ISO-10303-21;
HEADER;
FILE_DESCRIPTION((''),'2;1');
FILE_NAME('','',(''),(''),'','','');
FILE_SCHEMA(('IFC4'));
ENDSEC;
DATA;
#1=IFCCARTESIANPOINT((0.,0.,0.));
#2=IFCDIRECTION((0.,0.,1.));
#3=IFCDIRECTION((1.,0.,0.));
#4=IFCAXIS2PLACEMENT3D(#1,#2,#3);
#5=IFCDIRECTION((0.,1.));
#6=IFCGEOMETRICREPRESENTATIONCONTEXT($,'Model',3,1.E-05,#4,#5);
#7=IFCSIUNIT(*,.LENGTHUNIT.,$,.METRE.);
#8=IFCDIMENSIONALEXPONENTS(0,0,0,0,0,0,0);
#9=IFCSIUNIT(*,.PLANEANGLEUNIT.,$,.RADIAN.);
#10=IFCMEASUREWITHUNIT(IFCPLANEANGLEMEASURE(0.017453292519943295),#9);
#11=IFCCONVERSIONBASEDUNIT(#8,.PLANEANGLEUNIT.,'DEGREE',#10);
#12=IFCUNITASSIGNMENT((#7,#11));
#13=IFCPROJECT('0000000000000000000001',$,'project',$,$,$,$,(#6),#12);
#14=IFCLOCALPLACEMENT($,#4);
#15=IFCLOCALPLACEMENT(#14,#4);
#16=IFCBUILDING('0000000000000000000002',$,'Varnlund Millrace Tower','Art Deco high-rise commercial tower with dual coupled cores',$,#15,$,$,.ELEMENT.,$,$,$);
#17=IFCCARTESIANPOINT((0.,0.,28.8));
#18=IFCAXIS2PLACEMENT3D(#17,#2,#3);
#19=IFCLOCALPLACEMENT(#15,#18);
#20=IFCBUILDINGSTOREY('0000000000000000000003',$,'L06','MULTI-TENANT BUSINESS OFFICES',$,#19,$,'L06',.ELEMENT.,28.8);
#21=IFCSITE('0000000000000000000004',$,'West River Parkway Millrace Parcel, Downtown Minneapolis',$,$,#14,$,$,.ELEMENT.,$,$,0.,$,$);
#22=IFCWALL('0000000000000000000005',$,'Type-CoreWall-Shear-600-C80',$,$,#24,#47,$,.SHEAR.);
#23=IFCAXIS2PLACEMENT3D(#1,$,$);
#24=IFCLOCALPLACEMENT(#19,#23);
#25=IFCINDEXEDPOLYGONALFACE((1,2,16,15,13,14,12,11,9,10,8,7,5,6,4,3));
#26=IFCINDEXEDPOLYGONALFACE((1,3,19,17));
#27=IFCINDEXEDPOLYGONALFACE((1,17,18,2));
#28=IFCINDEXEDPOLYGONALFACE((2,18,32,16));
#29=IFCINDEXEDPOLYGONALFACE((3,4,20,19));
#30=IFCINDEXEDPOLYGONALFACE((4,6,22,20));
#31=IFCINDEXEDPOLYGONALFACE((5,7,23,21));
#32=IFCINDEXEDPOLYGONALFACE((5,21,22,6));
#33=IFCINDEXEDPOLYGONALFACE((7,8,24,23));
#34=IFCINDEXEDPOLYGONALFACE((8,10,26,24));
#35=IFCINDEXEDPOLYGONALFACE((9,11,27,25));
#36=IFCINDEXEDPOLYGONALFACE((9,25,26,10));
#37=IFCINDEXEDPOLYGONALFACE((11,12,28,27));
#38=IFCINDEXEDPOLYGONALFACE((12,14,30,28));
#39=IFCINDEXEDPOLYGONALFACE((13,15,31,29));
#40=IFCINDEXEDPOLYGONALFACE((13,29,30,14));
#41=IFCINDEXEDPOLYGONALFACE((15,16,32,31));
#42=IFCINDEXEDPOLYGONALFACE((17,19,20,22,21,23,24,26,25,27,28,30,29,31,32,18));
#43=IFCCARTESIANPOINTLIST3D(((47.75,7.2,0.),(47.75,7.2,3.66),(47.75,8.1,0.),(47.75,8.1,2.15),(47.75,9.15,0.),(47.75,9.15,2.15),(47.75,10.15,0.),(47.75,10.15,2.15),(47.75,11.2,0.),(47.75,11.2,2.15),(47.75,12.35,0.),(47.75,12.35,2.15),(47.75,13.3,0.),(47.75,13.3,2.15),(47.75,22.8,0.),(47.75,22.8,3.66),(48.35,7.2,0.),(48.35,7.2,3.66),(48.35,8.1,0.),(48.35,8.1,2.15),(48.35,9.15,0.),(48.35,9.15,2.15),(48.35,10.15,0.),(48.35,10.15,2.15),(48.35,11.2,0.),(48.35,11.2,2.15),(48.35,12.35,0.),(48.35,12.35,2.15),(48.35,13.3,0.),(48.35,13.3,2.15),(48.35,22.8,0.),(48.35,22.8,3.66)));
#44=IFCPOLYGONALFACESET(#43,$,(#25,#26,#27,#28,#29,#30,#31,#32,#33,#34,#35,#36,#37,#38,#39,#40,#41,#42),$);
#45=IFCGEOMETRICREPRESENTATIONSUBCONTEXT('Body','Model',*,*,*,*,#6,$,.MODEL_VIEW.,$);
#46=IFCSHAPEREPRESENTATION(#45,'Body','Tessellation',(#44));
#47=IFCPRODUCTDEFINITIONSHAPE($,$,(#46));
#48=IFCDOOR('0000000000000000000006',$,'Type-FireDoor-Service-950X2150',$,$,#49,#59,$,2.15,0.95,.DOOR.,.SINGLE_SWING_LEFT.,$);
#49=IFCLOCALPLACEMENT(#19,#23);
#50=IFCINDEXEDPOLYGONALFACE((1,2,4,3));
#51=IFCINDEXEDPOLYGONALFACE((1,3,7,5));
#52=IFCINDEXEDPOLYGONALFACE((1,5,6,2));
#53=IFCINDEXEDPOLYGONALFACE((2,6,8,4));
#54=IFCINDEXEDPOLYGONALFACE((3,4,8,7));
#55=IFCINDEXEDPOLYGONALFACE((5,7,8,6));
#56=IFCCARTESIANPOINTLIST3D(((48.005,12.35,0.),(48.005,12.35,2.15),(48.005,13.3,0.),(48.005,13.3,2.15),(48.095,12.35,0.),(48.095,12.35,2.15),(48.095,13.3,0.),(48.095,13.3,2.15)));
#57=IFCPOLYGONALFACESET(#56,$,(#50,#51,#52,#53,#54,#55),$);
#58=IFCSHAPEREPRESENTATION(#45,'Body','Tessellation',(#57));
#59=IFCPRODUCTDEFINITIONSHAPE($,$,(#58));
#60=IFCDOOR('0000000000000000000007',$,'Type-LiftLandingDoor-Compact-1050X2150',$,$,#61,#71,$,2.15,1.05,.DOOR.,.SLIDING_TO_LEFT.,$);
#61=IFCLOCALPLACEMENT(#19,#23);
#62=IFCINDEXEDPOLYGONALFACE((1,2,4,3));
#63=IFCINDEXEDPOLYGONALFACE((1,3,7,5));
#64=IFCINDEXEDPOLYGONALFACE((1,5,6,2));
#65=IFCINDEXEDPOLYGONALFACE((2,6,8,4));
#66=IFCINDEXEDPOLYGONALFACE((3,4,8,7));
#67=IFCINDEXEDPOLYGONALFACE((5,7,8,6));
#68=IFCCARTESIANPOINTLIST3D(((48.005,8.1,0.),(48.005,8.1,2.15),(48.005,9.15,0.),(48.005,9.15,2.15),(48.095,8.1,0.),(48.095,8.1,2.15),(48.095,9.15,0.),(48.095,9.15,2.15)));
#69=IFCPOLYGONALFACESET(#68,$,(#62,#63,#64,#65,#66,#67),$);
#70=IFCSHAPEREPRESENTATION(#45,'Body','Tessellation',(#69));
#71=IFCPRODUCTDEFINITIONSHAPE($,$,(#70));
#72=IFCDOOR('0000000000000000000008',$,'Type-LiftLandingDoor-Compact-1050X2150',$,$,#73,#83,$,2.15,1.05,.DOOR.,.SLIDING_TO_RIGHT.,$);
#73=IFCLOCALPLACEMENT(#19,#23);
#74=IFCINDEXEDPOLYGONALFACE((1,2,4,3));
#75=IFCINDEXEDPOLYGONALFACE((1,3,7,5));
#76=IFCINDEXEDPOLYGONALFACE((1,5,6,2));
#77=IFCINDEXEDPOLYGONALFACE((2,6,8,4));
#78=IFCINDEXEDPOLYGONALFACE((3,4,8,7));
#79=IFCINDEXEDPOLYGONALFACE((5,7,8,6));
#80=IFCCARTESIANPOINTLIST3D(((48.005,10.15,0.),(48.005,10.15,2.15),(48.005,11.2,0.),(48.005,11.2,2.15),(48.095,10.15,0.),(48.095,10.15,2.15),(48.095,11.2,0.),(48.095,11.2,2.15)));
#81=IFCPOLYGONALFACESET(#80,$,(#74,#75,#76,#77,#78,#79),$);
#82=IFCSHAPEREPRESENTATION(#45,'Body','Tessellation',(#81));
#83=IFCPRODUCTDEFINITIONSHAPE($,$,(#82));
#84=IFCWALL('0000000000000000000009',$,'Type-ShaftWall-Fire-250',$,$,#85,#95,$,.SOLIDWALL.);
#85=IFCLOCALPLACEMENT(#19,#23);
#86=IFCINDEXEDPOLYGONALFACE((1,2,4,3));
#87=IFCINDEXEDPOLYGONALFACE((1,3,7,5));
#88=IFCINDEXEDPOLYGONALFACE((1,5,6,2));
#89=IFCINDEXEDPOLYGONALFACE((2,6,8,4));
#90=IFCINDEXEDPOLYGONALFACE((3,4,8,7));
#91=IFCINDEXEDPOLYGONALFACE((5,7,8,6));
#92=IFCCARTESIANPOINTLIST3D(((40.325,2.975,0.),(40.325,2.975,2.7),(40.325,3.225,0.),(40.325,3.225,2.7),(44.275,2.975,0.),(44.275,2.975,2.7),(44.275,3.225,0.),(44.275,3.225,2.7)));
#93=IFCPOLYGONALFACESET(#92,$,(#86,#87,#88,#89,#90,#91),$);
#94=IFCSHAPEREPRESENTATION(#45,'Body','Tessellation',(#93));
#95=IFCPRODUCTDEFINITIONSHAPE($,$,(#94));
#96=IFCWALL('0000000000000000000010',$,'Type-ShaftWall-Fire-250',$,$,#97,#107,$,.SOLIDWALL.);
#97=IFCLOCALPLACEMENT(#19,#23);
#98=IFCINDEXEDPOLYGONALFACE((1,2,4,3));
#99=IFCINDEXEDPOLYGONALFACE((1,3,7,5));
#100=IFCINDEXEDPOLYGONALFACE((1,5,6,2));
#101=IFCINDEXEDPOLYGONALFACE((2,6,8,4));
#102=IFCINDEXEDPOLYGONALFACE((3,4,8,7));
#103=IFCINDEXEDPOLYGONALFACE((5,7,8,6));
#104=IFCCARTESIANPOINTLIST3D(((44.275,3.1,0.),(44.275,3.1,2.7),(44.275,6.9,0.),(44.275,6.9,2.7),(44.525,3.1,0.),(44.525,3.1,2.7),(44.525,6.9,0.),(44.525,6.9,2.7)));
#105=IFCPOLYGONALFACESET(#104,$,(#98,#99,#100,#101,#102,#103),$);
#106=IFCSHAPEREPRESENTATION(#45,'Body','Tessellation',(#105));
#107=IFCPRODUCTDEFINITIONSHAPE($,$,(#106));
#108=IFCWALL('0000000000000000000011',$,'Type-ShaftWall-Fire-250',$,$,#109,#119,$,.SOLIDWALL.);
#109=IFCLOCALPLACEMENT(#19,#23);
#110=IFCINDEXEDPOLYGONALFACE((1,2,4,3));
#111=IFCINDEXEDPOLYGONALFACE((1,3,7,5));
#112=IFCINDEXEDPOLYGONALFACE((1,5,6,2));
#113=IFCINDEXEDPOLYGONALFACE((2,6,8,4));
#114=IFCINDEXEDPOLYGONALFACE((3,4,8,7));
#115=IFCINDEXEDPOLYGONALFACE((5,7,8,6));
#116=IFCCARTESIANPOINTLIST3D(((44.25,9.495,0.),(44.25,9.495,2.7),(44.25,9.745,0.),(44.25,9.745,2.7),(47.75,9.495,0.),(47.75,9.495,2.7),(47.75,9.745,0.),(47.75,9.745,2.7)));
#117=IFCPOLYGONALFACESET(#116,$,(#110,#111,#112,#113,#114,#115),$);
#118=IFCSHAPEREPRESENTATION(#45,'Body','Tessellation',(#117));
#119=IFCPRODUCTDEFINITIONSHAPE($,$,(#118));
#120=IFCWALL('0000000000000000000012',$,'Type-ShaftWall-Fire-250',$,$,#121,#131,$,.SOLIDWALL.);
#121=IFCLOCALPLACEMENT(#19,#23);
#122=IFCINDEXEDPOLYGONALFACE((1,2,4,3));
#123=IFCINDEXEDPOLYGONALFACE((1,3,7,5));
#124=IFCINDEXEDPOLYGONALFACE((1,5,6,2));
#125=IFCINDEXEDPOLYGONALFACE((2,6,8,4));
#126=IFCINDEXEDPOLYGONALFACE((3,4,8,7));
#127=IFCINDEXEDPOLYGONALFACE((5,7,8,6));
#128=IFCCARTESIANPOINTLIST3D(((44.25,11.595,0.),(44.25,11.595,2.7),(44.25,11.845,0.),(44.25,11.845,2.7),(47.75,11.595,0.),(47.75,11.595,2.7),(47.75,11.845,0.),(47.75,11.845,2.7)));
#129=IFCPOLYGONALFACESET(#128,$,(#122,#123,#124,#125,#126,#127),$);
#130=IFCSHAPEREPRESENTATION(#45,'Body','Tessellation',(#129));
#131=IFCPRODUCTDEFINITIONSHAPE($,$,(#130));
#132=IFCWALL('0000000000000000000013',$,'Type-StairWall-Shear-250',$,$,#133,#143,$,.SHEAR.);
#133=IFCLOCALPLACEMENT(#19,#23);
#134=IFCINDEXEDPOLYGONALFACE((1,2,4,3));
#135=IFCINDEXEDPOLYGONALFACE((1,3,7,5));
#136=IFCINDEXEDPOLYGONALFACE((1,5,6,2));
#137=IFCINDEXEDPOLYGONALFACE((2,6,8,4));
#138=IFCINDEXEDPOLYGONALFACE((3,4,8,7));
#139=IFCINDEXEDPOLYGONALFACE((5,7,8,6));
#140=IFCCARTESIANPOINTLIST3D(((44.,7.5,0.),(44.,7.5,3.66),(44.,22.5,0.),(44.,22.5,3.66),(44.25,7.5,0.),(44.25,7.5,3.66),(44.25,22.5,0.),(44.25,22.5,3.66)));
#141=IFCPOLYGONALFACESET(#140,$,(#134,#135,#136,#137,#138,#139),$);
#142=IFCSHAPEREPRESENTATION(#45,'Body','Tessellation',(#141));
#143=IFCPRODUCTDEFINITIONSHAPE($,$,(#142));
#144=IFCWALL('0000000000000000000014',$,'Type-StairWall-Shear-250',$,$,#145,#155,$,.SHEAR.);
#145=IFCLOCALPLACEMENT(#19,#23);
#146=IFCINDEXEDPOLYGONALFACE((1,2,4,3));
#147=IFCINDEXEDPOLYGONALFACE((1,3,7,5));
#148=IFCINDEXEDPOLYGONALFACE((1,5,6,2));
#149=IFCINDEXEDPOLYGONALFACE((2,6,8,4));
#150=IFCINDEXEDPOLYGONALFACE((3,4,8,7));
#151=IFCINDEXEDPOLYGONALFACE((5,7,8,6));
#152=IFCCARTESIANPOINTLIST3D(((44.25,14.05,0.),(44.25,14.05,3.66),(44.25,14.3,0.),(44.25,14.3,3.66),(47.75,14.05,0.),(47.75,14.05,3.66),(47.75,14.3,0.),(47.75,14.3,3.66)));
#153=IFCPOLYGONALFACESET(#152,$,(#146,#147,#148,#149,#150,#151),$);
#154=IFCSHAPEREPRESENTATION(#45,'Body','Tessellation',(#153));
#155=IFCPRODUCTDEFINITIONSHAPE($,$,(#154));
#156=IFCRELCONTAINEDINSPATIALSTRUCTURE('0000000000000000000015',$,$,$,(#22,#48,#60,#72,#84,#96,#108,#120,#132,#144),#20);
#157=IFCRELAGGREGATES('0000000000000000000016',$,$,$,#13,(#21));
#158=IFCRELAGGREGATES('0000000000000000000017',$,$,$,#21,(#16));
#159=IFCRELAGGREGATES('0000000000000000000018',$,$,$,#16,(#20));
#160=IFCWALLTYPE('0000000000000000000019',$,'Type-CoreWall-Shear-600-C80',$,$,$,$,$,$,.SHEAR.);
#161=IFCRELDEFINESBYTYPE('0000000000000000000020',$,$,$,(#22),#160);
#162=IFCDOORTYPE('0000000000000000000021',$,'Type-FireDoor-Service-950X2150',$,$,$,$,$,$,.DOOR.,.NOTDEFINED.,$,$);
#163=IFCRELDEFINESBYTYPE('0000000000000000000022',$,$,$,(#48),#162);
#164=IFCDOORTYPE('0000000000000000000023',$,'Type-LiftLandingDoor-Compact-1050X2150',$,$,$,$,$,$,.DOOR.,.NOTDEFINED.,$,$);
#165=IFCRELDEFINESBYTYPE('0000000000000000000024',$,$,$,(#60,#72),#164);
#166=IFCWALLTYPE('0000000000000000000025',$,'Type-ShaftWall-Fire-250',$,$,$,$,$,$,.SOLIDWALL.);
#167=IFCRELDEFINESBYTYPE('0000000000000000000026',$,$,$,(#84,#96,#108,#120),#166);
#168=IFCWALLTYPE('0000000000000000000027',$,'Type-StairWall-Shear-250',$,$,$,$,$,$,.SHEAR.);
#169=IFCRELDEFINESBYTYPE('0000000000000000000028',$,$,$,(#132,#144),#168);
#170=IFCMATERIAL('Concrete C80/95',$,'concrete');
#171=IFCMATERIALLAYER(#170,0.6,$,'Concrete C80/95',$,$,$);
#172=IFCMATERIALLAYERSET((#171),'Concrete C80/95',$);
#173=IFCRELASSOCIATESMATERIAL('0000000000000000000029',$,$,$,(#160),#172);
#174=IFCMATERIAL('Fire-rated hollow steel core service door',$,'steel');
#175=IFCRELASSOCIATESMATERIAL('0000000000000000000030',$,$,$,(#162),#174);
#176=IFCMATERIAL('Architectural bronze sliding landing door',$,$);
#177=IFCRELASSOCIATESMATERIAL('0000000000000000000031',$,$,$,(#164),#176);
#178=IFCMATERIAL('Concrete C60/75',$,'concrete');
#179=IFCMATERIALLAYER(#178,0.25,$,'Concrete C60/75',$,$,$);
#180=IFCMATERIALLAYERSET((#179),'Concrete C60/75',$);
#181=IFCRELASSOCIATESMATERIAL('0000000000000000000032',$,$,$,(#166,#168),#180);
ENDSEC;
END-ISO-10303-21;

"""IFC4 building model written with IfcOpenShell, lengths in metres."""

from ifc_helpers import new_model, entity, si_unit, converted_unit, direction, frame, origin_with_axes, origin_2d_with_axis, place, context, subcontext, project, spatial, polyline, rectangle, outline, extrude, material, layer, layer_set, type_object, element, fill, save


model = new_model("IFC4")

# Units and contexts
model_context = context("Model", 3, precision=1e-05, world=origin_with_axes(), true_north=direction((0.0, 1.0)))
body_context = subcontext(model_context, "Body", "Model", "MODEL_VIEW")
ifc_project = project(units=[si_unit("LENGTHUNIT", "METRE"), converted_unit("PLANEANGLEUNIT", "DEGREE", entity("IfcPlaneAngleMeasure", 0.017453292519943295), si_unit("PLANEANGLEUNIT", "RADIAN"), dimensions=[0, 0, 0, 0, 0, 0, 0])], contexts=[model_context])

# Site, building, storey
site_placement = place(None, origin_with_axes())
site = spatial("IfcSite", under=ifc_project, at=site_placement, Name="West River Parkway Millrace Parcel, Downtown Minneapolis", CompositionType="ELEMENT", RefElevation=0.0)
building_placement = place(site_placement, origin_with_axes())
building = spatial("IfcBuilding", under=site, at=building_placement, Name="Varnlund Millrace Tower", Description="Art Deco high-rise commercial tower with dual coupled cores", CompositionType="ELEMENT")
storey_placement = place(building_placement, frame((0.0, 0.0, 28.8), z_axis=(0.0, 0.0, 1.0), x_axis=(1.0, 0.0, 0.0)))
storey = spatial("IfcBuildingStorey", under=building, at=storey_placement, Name="L06", Description="MULTI-TENANT BUSINESS OFFICES", LongName="L06", CompositionType="ELEMENT", Elevation=28.8)

# Shared definitions
ifc_material_1 = material(Name="Concrete C80/95", Category="concrete")

# Wall, openings, doors
ifc_layer_1 = layer(ifc_material_1, 0.6, Name="Concrete C80/95")
ifc_layer_set_1 = layer_set([ifc_layer_1], Name="Concrete C80/95")
wall_type_1 = type_object("IfcWallType", Name="Type-CoreWall-Shear-600-C80", PredefinedType="SHEAR", material=ifc_layer_set_1)
wall_1_placement = place(storey_placement, frame((48.05, 7.2, 0.0), z_axis=(0.0, 0.0, 1.0), x_axis=(0.0, 1.0, 0.0)))
wall_1 = element("IfcWall", 1, at=wall_1_placement, inside=storey, type_object=wall_type_1, Name="Type-CoreWall-Shear-600-C80", PredefinedType="SHEAR", context=body_context, shape_type="SweptSolid", body=[
    extrude(outline(polyline([(0.0, -0.3), (15.6, -0.3), (15.6, 0.3), (0.0, 0.3), (0.0, -0.3)])), origin_with_axes(), (0.0, 0.0, 1.0), 3.66),
])
opening_1_placement = place(wall_1_placement, frame((1.425, 0.0, 0.0), z_axis=(0.0, 0.0, 1.0), x_axis=(1.0, 0.0, 0.0)))
opening_1 = element("IfcOpeningElement", 2, at=opening_1_placement, cuts=wall_1, PredefinedType="OPENING", context=body_context, shape_type="SweptSolid", body=[
    extrude(rectangle(XDim=1.05, YDim=0.62, at=origin_2d_with_axis()), origin_with_axes(), (0.0, 0.0, 1.0), 2.15),
])
opening_2_placement = place(wall_1_placement, frame((3.475, 0.0, 0.0), z_axis=(0.0, 0.0, 1.0), x_axis=(1.0, 0.0, 0.0)))
opening_2 = element("IfcOpeningElement", 3, at=opening_2_placement, cuts=wall_1, PredefinedType="OPENING", context=body_context, shape_type="SweptSolid", body=[
    extrude(rectangle(XDim=1.05, YDim=0.62, at=origin_2d_with_axis()), origin_with_axes(), (0.0, 0.0, 1.0), 2.15),
])
opening_3_placement = place(wall_1_placement, frame((5.625, 0.0, 0.0), z_axis=(0.0, 0.0, 1.0), x_axis=(1.0, 0.0, 0.0)))
opening_3 = element("IfcOpeningElement", 4, at=opening_3_placement, cuts=wall_1, PredefinedType="OPENING", context=body_context, shape_type="SweptSolid", body=[
    extrude(rectangle(XDim=0.95, YDim=0.62, at=origin_2d_with_axis()), origin_with_axes(), (0.0, 0.0, 1.0), 2.15),
])
ifc_material_2 = material(Name="Fire-rated hollow steel core service door", Category="steel")
door_type_1 = type_object("IfcDoorType", Name="Type-FireDoor-Service-950X2150", OperationType="NOTDEFINED", PredefinedType="DOOR", material=ifc_material_2)
door_1_placement = place(wall_1_placement, frame((5.625, 0.0, 0.0), z_axis=(0.0, 0.0, 1.0), x_axis=(1.0, 0.0, 0.0)))
door_1 = element("IfcDoor", 5, at=door_1_placement, inside=storey, type_object=door_type_1, Name="Type-FireDoor-Service-950X2150", OperationType="SINGLE_SWING_LEFT", OverallHeight=2.15, OverallWidth=0.95, PredefinedType="DOOR", context=body_context, shape_type="SweptSolid", body=[
    extrude(rectangle(XDim=0.95, YDim=0.09, at=origin_2d_with_axis()), origin_with_axes(), (0.0, 0.0, 1.0), 2.15),
])
fill(opening_3, door_1)
ifc_material_3 = material(Name="Architectural bronze sliding landing door")
door_type_2 = type_object("IfcDoorType", Name="Type-LiftLandingDoor-Compact-1050X2150", OperationType="NOTDEFINED", PredefinedType="DOOR", material=ifc_material_3)
door_2_placement = place(wall_1_placement, frame((1.425, 0.0, 0.0), z_axis=(0.0, 0.0, 1.0), x_axis=(1.0, 0.0, 0.0)))
door_2 = element("IfcDoor", 6, at=door_2_placement, inside=storey, type_object=door_type_2, Name="Type-LiftLandingDoor-Compact-1050X2150", OperationType="SLIDING_TO_LEFT", OverallHeight=2.15, OverallWidth=1.05, PredefinedType="DOOR", context=body_context, shape_type="SweptSolid", body=[
    extrude(rectangle(XDim=1.05, YDim=0.09, at=origin_2d_with_axis()), origin_with_axes(), (0.0, 0.0, 1.0), 2.15),
])
fill(opening_1, door_2)
door_3_placement = place(wall_1_placement, frame((3.475, 0.0, 0.0), z_axis=(0.0, 0.0, 1.0), x_axis=(1.0, 0.0, 0.0)))
door_3 = element("IfcDoor", 7, at=door_3_placement, inside=storey, type_object=door_type_2, Name="Type-LiftLandingDoor-Compact-1050X2150", OperationType="SLIDING_TO_RIGHT", OverallHeight=2.15, OverallWidth=1.05, PredefinedType="DOOR", context=body_context, shape_type="SweptSolid", body=[
    extrude(rectangle(XDim=1.05, YDim=0.09, at=origin_2d_with_axis()), origin_with_axes(), (0.0, 0.0, 1.0), 2.15),
])
fill(opening_2, door_3)

# Walls
ifc_material_4 = material(Name="Concrete C60/75", Category="concrete")
ifc_layer_2 = layer(ifc_material_4, 0.25, Name="Concrete C60/75")
ifc_layer_set_2 = layer_set([ifc_layer_2], Name="Concrete C60/75")
wall_type_2 = type_object("IfcWallType", Name="Type-ShaftWall-Fire-250", PredefinedType="SOLIDWALL", material=ifc_layer_set_2)
wall_2_placement = place(storey_placement, frame((40.325, 3.1, 0.0), z_axis=(0.0, 0.0, 1.0), x_axis=(1.0, 0.0, 0.0)))
element("IfcWall", 8, at=wall_2_placement, inside=storey, type_object=wall_type_2, Name="Type-ShaftWall-Fire-250", PredefinedType="SOLIDWALL", context=body_context, shape_type="SweptSolid", body=[
    extrude(outline(polyline([(0.0, -0.125), (3.95, -0.125), (3.95, 0.125), (0.0, 0.125), (0.0, -0.125)])), origin_with_axes(), (0.0, 0.0, 1.0), 2.7),
])
wall_3_placement = place(storey_placement, frame((44.4, 3.1, 0.0), z_axis=(0.0, 0.0, 1.0), x_axis=(0.0, 1.0, 0.0)))
element("IfcWall", 9, at=wall_3_placement, inside=storey, type_object=wall_type_2, Name="Type-ShaftWall-Fire-250", PredefinedType="SOLIDWALL", context=body_context, shape_type="SweptSolid", body=[
    extrude(outline(polyline([(0.0, -0.125), (3.8, -0.125), (3.8, 0.125), (0.0, 0.125), (0.0, -0.125)])), origin_with_axes(), (0.0, 0.0, 1.0), 2.7),
])
for number, where, z_axis, x_axis, name in (
    (10, (44.25, 9.62, 0.0), (0.0, 0.0, 1.0), (1.0, 0.0, 0.0), "Type-ShaftWall-Fire-250"),
    (11, (44.25, 11.72, 0.0), (0.0, 0.0, 1.0), (1.0, 0.0, 0.0), "Type-ShaftWall-Fire-250"),
):
    element("IfcWall", number, at=place(storey_placement, frame(where, z_axis=z_axis, x_axis=x_axis)), inside=storey, type_object=wall_type_2, Name=name, PredefinedType="SOLIDWALL", context=body_context, shape_type="SweptSolid", body=[
        extrude(outline(polyline([(0.0, -0.125), (3.5, -0.125), (3.5, 0.125), (0.0, 0.125), (0.0, -0.125)])), origin_with_axes(), (0.0, 0.0, 1.0), 2.7),
    ])
wall_type_3 = type_object("IfcWallType", Name="Type-StairWall-Shear-250", PredefinedType="SHEAR", material=ifc_layer_set_2)
wall_4_placement = place(storey_placement, frame((44.125, 7.5, 0.0), z_axis=(0.0, 0.0, 1.0), x_axis=(0.0, 1.0, 0.0)))
element("IfcWall", 12, at=wall_4_placement, inside=storey, type_object=wall_type_3, Name="Type-StairWall-Shear-250", PredefinedType="SHEAR", context=body_context, shape_type="SweptSolid", body=[
    extrude(outline(polyline([(0.0, -0.125), (15.0, -0.125), (15.0, 0.125), (0.0, 0.125), (0.0, -0.125)])), origin_with_axes(), (0.0, 0.0, 1.0), 3.66),
])
wall_5_placement = place(storey_placement, frame((44.25, 14.175, 0.0), z_axis=(0.0, 0.0, 1.0), x_axis=(1.0, 0.0, 0.0)))
element("IfcWall", 13, at=wall_5_placement, inside=storey, type_object=wall_type_3, Name="Type-StairWall-Shear-250", PredefinedType="SHEAR", context=body_context, shape_type="SweptSolid", body=[
    extrude(outline(polyline([(0.0, -0.125), (3.5, -0.125), (3.5, 0.125), (0.0, 0.125), (0.0, -0.125)])), origin_with_axes(), (0.0, 0.0, 1.0), 3.66),
])

save(model, "model.ifc")
